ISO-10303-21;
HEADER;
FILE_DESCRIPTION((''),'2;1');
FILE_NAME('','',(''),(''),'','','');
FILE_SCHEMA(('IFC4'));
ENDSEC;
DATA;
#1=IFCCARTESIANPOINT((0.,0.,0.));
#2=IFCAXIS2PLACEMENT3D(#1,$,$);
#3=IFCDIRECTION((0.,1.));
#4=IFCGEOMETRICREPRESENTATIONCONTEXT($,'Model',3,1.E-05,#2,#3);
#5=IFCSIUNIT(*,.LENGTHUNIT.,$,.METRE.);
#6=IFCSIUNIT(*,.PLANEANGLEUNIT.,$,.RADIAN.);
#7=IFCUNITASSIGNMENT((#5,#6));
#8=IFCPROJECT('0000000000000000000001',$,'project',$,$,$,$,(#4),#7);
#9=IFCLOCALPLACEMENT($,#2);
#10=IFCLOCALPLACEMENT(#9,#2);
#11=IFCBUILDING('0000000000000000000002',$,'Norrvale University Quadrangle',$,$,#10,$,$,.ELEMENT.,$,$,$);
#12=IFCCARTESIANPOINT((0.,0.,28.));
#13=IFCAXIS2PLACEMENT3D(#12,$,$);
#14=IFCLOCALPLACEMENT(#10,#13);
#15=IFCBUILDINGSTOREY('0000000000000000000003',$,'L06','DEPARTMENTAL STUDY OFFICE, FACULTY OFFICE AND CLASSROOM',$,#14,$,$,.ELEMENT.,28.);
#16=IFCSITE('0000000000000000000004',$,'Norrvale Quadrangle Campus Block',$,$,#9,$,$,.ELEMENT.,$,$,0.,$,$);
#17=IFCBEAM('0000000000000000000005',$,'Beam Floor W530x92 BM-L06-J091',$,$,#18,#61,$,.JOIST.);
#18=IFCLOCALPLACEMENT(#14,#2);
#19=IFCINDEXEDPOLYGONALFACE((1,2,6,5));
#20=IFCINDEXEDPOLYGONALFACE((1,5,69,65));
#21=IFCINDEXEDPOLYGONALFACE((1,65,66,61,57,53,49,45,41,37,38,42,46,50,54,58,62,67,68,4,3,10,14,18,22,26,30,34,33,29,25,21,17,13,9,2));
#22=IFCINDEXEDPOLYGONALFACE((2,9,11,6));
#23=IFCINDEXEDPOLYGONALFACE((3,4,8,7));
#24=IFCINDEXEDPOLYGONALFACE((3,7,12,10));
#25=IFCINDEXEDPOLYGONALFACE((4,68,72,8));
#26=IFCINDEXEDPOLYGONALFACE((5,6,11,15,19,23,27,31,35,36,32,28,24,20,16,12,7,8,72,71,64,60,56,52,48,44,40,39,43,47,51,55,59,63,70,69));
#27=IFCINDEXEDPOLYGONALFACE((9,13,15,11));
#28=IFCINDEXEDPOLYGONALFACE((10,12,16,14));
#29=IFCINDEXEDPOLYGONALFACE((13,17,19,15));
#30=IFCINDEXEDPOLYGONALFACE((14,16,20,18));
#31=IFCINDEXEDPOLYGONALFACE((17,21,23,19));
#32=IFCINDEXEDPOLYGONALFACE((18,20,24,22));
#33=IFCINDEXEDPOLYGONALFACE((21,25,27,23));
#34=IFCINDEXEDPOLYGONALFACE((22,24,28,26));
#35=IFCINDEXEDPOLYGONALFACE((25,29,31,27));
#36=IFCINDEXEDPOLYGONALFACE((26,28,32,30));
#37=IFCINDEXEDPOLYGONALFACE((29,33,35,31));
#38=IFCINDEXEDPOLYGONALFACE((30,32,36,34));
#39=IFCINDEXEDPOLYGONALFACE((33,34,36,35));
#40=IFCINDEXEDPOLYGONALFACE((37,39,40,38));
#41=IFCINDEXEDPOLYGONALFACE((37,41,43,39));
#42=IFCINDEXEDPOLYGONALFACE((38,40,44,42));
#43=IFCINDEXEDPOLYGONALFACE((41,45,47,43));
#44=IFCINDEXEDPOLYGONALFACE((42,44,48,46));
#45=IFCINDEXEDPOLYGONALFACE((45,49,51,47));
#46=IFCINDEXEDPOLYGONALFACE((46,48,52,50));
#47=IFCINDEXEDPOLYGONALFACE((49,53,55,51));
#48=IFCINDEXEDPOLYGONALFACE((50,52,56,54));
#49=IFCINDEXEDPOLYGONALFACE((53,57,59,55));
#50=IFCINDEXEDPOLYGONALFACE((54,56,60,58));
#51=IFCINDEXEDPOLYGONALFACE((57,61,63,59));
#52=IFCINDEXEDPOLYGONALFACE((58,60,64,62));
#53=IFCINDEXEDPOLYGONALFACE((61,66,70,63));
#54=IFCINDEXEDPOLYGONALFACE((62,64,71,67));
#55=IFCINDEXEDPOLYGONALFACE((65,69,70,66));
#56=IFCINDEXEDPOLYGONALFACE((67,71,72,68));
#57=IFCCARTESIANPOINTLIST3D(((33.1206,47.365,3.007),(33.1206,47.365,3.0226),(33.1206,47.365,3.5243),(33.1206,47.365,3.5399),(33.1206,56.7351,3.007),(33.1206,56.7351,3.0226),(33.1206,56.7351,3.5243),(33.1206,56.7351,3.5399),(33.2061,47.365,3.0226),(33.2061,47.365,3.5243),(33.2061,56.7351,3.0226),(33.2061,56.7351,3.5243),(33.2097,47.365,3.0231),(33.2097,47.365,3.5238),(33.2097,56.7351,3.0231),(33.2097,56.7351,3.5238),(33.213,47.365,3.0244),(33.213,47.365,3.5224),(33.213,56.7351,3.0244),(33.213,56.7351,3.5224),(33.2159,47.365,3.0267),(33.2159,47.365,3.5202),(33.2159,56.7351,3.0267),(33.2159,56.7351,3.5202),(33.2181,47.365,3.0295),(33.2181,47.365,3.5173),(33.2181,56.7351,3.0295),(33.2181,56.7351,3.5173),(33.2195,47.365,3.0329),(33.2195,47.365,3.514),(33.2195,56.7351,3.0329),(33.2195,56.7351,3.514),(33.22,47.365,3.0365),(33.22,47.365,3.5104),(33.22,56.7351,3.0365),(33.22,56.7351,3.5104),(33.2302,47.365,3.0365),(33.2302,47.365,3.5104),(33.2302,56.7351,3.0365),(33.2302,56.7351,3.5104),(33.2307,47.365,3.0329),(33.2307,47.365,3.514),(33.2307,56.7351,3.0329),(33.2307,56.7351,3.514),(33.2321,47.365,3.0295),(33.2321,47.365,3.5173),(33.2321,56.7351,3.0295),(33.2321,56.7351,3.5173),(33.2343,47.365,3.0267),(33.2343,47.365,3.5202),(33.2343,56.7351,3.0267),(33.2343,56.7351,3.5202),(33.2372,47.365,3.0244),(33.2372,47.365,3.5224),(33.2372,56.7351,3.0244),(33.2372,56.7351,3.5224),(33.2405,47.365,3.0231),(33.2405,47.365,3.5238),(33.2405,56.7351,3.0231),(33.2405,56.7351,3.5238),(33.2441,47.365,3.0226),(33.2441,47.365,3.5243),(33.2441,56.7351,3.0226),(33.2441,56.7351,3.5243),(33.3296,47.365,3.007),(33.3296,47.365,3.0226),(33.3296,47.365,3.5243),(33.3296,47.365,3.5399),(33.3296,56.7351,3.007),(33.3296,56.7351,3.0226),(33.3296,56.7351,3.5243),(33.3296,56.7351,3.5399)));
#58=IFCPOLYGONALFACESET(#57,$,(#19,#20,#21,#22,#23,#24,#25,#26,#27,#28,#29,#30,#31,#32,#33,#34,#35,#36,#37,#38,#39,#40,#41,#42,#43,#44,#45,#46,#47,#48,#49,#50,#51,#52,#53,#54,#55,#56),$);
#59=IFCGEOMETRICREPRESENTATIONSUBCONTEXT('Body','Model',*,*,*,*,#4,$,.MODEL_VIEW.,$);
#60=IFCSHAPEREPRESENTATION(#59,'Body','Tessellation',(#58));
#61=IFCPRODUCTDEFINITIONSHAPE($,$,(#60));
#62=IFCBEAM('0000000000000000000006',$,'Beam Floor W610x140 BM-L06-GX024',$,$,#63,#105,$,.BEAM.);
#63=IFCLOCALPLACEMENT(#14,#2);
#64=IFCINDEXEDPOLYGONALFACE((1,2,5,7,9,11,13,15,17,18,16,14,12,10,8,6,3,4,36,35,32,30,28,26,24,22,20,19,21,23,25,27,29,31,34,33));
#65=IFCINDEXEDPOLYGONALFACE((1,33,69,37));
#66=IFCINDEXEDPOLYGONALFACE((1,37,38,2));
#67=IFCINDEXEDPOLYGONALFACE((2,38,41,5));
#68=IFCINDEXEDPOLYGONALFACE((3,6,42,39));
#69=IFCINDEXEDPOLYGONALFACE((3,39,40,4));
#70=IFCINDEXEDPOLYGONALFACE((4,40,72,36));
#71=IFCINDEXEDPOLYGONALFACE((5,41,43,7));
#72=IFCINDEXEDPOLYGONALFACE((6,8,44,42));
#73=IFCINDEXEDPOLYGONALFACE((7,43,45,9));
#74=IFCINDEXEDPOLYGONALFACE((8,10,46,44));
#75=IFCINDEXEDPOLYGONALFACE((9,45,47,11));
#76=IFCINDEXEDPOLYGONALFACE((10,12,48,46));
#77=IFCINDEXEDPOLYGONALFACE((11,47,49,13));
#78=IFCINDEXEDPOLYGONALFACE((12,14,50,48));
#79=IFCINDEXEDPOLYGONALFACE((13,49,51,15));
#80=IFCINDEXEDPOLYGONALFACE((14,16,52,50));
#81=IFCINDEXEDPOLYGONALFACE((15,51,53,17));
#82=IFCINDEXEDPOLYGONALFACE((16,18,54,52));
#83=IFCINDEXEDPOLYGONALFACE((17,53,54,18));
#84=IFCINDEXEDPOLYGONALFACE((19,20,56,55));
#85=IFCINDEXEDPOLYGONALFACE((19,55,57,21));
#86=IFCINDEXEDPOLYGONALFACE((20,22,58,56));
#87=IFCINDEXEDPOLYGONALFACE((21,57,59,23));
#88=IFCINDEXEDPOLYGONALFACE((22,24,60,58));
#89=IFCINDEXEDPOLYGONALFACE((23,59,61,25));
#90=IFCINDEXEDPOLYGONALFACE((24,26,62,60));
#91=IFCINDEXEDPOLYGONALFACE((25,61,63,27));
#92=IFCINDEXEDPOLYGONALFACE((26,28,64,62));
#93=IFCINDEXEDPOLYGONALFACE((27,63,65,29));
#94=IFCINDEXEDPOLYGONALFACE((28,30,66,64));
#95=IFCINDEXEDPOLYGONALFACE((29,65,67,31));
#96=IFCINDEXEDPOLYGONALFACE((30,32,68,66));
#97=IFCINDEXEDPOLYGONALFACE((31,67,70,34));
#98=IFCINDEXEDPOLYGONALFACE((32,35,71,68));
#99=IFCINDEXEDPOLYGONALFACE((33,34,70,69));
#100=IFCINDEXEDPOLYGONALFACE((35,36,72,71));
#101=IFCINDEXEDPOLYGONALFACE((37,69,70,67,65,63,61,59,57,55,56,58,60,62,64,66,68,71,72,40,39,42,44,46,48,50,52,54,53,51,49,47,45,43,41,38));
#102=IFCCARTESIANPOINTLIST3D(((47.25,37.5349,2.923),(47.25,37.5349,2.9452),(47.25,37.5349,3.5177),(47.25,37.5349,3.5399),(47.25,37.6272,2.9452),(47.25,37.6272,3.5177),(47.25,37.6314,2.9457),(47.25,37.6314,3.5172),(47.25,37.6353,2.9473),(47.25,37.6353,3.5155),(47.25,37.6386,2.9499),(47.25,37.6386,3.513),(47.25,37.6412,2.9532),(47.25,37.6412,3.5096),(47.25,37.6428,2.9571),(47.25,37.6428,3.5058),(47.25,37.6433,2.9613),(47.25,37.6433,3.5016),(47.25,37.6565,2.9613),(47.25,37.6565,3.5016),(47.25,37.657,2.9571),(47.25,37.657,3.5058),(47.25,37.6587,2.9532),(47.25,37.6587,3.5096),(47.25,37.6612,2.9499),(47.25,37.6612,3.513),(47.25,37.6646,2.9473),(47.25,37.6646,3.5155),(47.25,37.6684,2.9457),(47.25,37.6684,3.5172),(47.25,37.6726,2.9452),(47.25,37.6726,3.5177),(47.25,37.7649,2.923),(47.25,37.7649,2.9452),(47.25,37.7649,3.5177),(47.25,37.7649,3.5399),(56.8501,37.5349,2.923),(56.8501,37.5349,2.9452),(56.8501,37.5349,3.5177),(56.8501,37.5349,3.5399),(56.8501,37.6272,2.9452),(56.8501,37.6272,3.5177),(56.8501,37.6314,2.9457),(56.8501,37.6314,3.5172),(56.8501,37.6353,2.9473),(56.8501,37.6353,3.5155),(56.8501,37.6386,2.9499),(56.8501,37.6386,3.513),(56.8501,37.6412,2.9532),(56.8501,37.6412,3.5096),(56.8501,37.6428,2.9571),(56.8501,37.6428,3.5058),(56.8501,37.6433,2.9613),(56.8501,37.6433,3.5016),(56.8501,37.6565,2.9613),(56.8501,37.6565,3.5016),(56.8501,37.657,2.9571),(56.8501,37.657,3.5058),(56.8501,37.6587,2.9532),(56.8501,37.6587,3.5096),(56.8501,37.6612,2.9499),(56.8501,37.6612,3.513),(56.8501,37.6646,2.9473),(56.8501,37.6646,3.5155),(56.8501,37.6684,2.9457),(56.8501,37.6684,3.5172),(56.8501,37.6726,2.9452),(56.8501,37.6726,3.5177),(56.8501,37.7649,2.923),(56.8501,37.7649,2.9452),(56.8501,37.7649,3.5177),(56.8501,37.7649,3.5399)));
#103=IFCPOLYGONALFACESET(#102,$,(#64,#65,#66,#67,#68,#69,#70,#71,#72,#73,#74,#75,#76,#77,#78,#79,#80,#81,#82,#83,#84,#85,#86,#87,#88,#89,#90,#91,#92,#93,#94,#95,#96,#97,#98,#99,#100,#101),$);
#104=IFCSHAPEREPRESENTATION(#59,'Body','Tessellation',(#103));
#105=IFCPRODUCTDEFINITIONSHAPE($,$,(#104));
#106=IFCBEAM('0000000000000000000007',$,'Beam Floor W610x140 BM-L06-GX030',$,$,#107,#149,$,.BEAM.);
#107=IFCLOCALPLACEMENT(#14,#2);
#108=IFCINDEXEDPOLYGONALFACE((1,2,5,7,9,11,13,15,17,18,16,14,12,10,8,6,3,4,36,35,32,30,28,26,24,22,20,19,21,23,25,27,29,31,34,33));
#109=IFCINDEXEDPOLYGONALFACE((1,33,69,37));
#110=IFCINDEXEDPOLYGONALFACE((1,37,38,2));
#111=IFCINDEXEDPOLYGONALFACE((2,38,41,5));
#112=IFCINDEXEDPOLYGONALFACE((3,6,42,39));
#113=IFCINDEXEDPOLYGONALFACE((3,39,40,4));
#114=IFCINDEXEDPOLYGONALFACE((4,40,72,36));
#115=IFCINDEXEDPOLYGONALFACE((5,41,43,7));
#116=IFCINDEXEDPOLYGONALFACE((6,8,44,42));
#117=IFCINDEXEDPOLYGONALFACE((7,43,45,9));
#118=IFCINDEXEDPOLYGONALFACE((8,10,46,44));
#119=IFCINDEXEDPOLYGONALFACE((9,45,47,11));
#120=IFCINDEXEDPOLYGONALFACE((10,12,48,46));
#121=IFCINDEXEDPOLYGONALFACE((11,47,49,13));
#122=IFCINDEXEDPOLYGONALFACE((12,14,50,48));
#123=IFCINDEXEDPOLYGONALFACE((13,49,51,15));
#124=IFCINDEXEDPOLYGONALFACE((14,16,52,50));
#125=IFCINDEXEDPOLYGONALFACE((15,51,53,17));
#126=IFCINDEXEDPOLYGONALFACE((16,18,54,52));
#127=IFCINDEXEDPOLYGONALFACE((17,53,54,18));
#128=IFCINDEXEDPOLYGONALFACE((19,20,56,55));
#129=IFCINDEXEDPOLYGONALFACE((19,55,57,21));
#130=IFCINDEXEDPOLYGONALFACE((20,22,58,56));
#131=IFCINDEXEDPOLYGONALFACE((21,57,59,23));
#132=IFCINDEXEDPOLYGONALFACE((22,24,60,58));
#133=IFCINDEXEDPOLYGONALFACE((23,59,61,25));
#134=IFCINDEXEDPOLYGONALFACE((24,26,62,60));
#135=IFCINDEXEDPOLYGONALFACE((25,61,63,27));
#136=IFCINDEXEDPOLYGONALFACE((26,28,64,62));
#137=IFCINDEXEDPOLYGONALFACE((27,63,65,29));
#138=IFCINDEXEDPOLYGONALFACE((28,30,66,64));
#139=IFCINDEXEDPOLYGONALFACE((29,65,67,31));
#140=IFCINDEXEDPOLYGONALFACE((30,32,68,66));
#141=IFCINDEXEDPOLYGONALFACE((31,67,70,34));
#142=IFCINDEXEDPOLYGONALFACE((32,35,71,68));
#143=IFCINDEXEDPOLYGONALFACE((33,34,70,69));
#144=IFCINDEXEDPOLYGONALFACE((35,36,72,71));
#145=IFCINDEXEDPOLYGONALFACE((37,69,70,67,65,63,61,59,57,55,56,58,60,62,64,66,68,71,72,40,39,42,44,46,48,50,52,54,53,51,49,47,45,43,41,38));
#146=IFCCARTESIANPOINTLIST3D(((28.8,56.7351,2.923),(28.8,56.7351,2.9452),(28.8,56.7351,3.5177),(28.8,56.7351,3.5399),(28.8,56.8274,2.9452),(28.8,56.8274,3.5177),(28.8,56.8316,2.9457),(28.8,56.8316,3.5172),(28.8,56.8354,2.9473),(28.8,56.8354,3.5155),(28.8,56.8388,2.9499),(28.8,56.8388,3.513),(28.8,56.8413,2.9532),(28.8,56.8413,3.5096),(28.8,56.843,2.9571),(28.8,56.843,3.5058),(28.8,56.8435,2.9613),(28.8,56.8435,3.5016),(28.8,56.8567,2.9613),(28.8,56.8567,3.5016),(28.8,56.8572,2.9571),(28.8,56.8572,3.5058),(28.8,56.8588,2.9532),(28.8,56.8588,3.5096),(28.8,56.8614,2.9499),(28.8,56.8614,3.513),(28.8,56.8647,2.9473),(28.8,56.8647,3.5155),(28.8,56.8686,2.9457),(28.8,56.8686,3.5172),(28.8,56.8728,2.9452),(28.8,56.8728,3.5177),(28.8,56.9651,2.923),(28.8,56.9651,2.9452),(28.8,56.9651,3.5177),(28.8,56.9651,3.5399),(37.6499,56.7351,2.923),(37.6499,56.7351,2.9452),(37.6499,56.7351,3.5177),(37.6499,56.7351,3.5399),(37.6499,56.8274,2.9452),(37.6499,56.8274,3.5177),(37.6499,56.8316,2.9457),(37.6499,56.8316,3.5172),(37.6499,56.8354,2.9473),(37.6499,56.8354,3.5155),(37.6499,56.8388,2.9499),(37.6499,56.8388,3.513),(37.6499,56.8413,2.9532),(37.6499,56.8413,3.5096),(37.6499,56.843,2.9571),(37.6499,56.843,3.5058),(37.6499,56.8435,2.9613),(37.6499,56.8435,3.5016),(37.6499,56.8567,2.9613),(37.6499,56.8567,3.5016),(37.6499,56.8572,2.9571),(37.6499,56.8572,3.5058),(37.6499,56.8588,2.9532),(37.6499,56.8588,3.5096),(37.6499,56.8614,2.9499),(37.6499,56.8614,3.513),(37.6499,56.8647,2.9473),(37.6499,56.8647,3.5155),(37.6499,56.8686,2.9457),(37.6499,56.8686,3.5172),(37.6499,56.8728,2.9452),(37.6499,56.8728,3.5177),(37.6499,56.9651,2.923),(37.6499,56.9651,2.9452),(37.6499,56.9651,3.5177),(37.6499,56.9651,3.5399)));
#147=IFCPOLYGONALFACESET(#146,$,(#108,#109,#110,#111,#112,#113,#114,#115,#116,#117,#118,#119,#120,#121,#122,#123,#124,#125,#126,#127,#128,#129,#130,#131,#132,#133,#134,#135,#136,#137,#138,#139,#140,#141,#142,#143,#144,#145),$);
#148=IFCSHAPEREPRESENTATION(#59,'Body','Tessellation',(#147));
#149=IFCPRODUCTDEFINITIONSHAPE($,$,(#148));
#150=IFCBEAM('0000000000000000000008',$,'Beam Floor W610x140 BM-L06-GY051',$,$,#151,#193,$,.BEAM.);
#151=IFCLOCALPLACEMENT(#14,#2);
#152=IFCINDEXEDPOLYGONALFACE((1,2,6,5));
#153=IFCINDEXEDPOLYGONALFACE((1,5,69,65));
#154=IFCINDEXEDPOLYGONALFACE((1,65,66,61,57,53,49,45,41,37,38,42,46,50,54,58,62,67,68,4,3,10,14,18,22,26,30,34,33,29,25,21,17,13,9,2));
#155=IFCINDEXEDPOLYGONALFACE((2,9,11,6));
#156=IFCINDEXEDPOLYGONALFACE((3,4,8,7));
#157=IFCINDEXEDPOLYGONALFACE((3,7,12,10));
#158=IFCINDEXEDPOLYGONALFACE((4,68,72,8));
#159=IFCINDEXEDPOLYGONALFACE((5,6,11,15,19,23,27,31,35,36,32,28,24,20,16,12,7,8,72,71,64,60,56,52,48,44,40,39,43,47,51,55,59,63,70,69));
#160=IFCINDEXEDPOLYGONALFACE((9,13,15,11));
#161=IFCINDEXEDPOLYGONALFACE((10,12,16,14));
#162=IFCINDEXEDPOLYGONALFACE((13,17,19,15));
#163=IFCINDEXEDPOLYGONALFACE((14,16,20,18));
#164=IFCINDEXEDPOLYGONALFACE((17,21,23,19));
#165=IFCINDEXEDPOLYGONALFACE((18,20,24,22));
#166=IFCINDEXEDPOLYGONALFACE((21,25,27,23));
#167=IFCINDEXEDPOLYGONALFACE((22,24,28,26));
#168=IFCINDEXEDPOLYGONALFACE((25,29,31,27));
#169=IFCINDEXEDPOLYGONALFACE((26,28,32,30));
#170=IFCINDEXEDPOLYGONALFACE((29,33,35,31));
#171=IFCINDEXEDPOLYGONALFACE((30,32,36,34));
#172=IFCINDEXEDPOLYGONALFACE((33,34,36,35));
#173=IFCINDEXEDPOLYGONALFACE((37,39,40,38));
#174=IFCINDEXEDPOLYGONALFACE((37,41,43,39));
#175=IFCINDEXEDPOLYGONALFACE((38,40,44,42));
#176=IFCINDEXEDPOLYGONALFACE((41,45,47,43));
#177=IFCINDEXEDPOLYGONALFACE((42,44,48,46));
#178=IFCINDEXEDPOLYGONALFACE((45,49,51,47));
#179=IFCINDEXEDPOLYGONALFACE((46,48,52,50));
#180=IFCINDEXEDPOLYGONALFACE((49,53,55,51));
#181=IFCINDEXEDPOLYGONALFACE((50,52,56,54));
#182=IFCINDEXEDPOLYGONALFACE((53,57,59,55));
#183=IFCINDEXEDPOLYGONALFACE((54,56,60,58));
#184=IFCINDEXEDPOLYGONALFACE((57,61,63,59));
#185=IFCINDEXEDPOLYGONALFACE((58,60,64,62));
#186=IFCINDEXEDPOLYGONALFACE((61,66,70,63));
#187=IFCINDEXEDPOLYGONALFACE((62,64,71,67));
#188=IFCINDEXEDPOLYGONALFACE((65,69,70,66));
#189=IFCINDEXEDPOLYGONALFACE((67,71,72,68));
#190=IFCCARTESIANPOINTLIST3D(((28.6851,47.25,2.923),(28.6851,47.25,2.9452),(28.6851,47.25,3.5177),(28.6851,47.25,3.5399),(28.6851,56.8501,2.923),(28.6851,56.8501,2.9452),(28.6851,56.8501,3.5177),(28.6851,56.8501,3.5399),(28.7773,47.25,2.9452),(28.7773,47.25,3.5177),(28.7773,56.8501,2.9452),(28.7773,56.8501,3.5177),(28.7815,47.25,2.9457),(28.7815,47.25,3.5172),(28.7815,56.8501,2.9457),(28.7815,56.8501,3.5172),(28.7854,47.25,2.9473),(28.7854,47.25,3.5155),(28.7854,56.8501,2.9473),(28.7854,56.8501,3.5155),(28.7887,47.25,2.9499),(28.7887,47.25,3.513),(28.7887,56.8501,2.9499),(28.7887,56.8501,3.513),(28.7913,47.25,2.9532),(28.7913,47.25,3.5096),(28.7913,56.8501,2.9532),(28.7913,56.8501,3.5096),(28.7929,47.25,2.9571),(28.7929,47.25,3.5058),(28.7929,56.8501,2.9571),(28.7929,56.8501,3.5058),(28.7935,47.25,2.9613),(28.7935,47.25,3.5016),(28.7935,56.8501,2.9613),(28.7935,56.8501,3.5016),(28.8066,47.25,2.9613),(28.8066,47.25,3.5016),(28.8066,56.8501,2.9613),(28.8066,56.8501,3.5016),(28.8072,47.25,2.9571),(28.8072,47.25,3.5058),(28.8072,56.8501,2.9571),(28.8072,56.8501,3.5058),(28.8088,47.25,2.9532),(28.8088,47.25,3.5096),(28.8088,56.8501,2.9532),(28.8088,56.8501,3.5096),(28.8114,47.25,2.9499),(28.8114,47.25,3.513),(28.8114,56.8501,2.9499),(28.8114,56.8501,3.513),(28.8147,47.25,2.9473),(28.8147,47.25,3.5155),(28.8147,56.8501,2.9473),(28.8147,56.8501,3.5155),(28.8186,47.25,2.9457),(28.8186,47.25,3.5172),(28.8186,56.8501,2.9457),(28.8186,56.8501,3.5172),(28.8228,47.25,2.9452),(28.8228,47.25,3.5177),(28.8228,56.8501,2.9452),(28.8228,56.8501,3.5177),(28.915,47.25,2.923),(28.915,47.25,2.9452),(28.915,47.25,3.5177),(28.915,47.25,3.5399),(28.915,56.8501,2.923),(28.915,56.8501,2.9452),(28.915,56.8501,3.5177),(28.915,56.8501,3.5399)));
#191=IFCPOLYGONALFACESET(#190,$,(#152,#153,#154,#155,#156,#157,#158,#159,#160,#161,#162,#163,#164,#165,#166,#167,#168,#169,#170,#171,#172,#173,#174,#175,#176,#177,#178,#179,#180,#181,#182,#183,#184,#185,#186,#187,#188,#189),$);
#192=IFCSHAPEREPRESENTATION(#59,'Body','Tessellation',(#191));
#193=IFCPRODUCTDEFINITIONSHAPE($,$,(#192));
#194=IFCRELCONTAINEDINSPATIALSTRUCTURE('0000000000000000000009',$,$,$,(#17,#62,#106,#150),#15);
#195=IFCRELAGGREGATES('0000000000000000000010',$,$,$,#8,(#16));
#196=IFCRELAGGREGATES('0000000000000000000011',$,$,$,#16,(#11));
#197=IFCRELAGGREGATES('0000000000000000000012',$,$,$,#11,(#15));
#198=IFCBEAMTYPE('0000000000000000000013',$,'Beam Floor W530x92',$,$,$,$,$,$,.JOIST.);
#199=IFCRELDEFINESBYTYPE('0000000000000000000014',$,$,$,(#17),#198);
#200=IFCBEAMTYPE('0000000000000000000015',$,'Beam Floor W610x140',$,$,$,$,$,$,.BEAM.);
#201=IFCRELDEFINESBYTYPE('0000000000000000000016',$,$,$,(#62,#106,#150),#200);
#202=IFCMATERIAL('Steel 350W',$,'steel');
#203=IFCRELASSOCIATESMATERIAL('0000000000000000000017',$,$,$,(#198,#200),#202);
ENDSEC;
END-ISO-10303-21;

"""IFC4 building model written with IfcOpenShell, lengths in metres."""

from ifc_helpers import new_model, si_unit, direction, frame, origin, origin_2d, place, context, subcontext, project, spatial, i_section, extrude, material, material_profile, profile_set, type_object, element, save


model = new_model("IFC4")

# Units and contexts
model_context = context("Model", 3, precision=1e-05, world=origin(), true_north=direction((0.0, 1.0)))
body_context = subcontext(model_context, "Body", "Model", "MODEL_VIEW")
ifc_project = project(units=[si_unit("LENGTHUNIT", "METRE"), si_unit("PLANEANGLEUNIT", "RADIAN")], contexts=[model_context])

# Site, building, storey
site_placement = place(None, origin())
site = spatial("IfcSite", under=ifc_project, at=site_placement, Name="Norrvale Quadrangle Campus Block", CompositionType="ELEMENT", RefElevation=0.0)
building_placement = place(site_placement, origin())
building = spatial("IfcBuilding", under=site, at=building_placement, Name="Norrvale University Quadrangle", CompositionType="ELEMENT")
storey_placement = place(building_placement, frame((0.0, 0.0, 28.0)))
storey = spatial("IfcBuildingStorey", under=building, at=storey_placement, Name="L06", Description="DEPARTMENTAL STUDY OFFICE, FACULTY OFFICE AND CLASSROOM", CompositionType="ELEMENT", Elevation=28.0)

# Beams
ifc_material_1 = material(Name="Steel 350W", Category="steel")
ifc_material_profile_1 = material_profile(ifc_material_1, i_section(OverallWidth=0.209, OverallDepth=0.533, WebThickness=0.0103, FlangeThickness=0.0156, FilletRadius=0.0139, at=origin_2d()), Name="Steel 350W")
ifc_profile_set_1 = profile_set([ifc_material_profile_1], Name="Steel 350W")
beam_type_1 = type_object("IfcBeamType", Name="Beam Floor W530x92", PredefinedType="JOIST", material=ifc_profile_set_1)
for number, where, z_axis, x_axis, name in (
    (1, (33.2251, 47.365, 3.2734), (0.0, 1.0, 0.0), (-1.0, 0.0, 0.0), "Beam Floor W530x92 BM-L06-J091"),
):
    element("IfcBeam", number, at=place(storey_placement, frame(where, z_axis=z_axis, x_axis=x_axis)), inside=storey, type_object=beam_type_1, Name=name, PredefinedType="JOIST", context=body_context, shape_type="SweptSolid", body=[
        extrude(i_section(OverallWidth=0.209, OverallDepth=0.533, WebThickness=0.0103, FlangeThickness=0.0156, FilletRadius=0.0139, at=origin_2d()), origin(), (0.0, 0.0, 1.0), 9.3701),
    ])
ifc_material_profile_2 = material_profile(ifc_material_1, i_section(OverallWidth=0.23, OverallDepth=0.6169, WebThickness=0.0132, FlangeThickness=0.0222, FilletRadius=0.0161, at=origin_2d()), Name="Steel 350W")
ifc_profile_set_2 = profile_set([ifc_material_profile_2], Name="Steel 350W")
beam_type_2 = type_object("IfcBeamType", Name="Beam Floor W610x140", PredefinedType="BEAM", material=ifc_profile_set_2)
beam_1_placement = place(storey_placement, frame((47.25, 37.6499, 3.2314), z_axis=(1.0, 0.0, 0.0), x_axis=(0.0, 1.0, 0.0)))
element("IfcBeam", 2, at=beam_1_placement, inside=storey, type_object=beam_type_2, Name="Beam Floor W610x140 BM-L06-GX024", PredefinedType="BEAM", context=body_context, shape_type="SweptSolid", body=[
    extrude(i_section(OverallWidth=0.23, OverallDepth=0.6169, WebThickness=0.0132, FlangeThickness=0.0222, FilletRadius=0.0161, at=origin_2d()), origin(), (0.0, 0.0, 1.0), 9.6001),
])
beam_2_placement = place(storey_placement, frame((28.8, 56.8501, 3.2314), z_axis=(1.0, 0.0, 0.0), x_axis=(0.0, 1.0, 0.0)))
element("IfcBeam", 3, at=beam_2_placement, inside=storey, type_object=beam_type_2, Name="Beam Floor W610x140 BM-L06-GX030", PredefinedType="BEAM", context=body_context, shape_type="SweptSolid", body=[
    extrude(i_section(OverallWidth=0.23, OverallDepth=0.6169, WebThickness=0.0132, FlangeThickness=0.0222, FilletRadius=0.0161, at=origin_2d()), origin(), (0.0, 0.0, 1.0), 8.8499),
])
beam_3_placement = place(storey_placement, frame((28.8, 47.25, 3.2314), z_axis=(0.0, 1.0, 0.0), x_axis=(-1.0, 0.0, 0.0)))
element("IfcBeam", 4, at=beam_3_placement, inside=storey, type_object=beam_type_2, Name="Beam Floor W610x140 BM-L06-GY051", PredefinedType="BEAM", context=body_context, shape_type="SweptSolid", body=[
    extrude(i_section(OverallWidth=0.23, OverallDepth=0.6169, WebThickness=0.0132, FlangeThickness=0.0222, FilletRadius=0.0161, at=origin_2d()), origin(), (0.0, 0.0, 1.0), 9.6001),
])

save(model, "model.ifc")
